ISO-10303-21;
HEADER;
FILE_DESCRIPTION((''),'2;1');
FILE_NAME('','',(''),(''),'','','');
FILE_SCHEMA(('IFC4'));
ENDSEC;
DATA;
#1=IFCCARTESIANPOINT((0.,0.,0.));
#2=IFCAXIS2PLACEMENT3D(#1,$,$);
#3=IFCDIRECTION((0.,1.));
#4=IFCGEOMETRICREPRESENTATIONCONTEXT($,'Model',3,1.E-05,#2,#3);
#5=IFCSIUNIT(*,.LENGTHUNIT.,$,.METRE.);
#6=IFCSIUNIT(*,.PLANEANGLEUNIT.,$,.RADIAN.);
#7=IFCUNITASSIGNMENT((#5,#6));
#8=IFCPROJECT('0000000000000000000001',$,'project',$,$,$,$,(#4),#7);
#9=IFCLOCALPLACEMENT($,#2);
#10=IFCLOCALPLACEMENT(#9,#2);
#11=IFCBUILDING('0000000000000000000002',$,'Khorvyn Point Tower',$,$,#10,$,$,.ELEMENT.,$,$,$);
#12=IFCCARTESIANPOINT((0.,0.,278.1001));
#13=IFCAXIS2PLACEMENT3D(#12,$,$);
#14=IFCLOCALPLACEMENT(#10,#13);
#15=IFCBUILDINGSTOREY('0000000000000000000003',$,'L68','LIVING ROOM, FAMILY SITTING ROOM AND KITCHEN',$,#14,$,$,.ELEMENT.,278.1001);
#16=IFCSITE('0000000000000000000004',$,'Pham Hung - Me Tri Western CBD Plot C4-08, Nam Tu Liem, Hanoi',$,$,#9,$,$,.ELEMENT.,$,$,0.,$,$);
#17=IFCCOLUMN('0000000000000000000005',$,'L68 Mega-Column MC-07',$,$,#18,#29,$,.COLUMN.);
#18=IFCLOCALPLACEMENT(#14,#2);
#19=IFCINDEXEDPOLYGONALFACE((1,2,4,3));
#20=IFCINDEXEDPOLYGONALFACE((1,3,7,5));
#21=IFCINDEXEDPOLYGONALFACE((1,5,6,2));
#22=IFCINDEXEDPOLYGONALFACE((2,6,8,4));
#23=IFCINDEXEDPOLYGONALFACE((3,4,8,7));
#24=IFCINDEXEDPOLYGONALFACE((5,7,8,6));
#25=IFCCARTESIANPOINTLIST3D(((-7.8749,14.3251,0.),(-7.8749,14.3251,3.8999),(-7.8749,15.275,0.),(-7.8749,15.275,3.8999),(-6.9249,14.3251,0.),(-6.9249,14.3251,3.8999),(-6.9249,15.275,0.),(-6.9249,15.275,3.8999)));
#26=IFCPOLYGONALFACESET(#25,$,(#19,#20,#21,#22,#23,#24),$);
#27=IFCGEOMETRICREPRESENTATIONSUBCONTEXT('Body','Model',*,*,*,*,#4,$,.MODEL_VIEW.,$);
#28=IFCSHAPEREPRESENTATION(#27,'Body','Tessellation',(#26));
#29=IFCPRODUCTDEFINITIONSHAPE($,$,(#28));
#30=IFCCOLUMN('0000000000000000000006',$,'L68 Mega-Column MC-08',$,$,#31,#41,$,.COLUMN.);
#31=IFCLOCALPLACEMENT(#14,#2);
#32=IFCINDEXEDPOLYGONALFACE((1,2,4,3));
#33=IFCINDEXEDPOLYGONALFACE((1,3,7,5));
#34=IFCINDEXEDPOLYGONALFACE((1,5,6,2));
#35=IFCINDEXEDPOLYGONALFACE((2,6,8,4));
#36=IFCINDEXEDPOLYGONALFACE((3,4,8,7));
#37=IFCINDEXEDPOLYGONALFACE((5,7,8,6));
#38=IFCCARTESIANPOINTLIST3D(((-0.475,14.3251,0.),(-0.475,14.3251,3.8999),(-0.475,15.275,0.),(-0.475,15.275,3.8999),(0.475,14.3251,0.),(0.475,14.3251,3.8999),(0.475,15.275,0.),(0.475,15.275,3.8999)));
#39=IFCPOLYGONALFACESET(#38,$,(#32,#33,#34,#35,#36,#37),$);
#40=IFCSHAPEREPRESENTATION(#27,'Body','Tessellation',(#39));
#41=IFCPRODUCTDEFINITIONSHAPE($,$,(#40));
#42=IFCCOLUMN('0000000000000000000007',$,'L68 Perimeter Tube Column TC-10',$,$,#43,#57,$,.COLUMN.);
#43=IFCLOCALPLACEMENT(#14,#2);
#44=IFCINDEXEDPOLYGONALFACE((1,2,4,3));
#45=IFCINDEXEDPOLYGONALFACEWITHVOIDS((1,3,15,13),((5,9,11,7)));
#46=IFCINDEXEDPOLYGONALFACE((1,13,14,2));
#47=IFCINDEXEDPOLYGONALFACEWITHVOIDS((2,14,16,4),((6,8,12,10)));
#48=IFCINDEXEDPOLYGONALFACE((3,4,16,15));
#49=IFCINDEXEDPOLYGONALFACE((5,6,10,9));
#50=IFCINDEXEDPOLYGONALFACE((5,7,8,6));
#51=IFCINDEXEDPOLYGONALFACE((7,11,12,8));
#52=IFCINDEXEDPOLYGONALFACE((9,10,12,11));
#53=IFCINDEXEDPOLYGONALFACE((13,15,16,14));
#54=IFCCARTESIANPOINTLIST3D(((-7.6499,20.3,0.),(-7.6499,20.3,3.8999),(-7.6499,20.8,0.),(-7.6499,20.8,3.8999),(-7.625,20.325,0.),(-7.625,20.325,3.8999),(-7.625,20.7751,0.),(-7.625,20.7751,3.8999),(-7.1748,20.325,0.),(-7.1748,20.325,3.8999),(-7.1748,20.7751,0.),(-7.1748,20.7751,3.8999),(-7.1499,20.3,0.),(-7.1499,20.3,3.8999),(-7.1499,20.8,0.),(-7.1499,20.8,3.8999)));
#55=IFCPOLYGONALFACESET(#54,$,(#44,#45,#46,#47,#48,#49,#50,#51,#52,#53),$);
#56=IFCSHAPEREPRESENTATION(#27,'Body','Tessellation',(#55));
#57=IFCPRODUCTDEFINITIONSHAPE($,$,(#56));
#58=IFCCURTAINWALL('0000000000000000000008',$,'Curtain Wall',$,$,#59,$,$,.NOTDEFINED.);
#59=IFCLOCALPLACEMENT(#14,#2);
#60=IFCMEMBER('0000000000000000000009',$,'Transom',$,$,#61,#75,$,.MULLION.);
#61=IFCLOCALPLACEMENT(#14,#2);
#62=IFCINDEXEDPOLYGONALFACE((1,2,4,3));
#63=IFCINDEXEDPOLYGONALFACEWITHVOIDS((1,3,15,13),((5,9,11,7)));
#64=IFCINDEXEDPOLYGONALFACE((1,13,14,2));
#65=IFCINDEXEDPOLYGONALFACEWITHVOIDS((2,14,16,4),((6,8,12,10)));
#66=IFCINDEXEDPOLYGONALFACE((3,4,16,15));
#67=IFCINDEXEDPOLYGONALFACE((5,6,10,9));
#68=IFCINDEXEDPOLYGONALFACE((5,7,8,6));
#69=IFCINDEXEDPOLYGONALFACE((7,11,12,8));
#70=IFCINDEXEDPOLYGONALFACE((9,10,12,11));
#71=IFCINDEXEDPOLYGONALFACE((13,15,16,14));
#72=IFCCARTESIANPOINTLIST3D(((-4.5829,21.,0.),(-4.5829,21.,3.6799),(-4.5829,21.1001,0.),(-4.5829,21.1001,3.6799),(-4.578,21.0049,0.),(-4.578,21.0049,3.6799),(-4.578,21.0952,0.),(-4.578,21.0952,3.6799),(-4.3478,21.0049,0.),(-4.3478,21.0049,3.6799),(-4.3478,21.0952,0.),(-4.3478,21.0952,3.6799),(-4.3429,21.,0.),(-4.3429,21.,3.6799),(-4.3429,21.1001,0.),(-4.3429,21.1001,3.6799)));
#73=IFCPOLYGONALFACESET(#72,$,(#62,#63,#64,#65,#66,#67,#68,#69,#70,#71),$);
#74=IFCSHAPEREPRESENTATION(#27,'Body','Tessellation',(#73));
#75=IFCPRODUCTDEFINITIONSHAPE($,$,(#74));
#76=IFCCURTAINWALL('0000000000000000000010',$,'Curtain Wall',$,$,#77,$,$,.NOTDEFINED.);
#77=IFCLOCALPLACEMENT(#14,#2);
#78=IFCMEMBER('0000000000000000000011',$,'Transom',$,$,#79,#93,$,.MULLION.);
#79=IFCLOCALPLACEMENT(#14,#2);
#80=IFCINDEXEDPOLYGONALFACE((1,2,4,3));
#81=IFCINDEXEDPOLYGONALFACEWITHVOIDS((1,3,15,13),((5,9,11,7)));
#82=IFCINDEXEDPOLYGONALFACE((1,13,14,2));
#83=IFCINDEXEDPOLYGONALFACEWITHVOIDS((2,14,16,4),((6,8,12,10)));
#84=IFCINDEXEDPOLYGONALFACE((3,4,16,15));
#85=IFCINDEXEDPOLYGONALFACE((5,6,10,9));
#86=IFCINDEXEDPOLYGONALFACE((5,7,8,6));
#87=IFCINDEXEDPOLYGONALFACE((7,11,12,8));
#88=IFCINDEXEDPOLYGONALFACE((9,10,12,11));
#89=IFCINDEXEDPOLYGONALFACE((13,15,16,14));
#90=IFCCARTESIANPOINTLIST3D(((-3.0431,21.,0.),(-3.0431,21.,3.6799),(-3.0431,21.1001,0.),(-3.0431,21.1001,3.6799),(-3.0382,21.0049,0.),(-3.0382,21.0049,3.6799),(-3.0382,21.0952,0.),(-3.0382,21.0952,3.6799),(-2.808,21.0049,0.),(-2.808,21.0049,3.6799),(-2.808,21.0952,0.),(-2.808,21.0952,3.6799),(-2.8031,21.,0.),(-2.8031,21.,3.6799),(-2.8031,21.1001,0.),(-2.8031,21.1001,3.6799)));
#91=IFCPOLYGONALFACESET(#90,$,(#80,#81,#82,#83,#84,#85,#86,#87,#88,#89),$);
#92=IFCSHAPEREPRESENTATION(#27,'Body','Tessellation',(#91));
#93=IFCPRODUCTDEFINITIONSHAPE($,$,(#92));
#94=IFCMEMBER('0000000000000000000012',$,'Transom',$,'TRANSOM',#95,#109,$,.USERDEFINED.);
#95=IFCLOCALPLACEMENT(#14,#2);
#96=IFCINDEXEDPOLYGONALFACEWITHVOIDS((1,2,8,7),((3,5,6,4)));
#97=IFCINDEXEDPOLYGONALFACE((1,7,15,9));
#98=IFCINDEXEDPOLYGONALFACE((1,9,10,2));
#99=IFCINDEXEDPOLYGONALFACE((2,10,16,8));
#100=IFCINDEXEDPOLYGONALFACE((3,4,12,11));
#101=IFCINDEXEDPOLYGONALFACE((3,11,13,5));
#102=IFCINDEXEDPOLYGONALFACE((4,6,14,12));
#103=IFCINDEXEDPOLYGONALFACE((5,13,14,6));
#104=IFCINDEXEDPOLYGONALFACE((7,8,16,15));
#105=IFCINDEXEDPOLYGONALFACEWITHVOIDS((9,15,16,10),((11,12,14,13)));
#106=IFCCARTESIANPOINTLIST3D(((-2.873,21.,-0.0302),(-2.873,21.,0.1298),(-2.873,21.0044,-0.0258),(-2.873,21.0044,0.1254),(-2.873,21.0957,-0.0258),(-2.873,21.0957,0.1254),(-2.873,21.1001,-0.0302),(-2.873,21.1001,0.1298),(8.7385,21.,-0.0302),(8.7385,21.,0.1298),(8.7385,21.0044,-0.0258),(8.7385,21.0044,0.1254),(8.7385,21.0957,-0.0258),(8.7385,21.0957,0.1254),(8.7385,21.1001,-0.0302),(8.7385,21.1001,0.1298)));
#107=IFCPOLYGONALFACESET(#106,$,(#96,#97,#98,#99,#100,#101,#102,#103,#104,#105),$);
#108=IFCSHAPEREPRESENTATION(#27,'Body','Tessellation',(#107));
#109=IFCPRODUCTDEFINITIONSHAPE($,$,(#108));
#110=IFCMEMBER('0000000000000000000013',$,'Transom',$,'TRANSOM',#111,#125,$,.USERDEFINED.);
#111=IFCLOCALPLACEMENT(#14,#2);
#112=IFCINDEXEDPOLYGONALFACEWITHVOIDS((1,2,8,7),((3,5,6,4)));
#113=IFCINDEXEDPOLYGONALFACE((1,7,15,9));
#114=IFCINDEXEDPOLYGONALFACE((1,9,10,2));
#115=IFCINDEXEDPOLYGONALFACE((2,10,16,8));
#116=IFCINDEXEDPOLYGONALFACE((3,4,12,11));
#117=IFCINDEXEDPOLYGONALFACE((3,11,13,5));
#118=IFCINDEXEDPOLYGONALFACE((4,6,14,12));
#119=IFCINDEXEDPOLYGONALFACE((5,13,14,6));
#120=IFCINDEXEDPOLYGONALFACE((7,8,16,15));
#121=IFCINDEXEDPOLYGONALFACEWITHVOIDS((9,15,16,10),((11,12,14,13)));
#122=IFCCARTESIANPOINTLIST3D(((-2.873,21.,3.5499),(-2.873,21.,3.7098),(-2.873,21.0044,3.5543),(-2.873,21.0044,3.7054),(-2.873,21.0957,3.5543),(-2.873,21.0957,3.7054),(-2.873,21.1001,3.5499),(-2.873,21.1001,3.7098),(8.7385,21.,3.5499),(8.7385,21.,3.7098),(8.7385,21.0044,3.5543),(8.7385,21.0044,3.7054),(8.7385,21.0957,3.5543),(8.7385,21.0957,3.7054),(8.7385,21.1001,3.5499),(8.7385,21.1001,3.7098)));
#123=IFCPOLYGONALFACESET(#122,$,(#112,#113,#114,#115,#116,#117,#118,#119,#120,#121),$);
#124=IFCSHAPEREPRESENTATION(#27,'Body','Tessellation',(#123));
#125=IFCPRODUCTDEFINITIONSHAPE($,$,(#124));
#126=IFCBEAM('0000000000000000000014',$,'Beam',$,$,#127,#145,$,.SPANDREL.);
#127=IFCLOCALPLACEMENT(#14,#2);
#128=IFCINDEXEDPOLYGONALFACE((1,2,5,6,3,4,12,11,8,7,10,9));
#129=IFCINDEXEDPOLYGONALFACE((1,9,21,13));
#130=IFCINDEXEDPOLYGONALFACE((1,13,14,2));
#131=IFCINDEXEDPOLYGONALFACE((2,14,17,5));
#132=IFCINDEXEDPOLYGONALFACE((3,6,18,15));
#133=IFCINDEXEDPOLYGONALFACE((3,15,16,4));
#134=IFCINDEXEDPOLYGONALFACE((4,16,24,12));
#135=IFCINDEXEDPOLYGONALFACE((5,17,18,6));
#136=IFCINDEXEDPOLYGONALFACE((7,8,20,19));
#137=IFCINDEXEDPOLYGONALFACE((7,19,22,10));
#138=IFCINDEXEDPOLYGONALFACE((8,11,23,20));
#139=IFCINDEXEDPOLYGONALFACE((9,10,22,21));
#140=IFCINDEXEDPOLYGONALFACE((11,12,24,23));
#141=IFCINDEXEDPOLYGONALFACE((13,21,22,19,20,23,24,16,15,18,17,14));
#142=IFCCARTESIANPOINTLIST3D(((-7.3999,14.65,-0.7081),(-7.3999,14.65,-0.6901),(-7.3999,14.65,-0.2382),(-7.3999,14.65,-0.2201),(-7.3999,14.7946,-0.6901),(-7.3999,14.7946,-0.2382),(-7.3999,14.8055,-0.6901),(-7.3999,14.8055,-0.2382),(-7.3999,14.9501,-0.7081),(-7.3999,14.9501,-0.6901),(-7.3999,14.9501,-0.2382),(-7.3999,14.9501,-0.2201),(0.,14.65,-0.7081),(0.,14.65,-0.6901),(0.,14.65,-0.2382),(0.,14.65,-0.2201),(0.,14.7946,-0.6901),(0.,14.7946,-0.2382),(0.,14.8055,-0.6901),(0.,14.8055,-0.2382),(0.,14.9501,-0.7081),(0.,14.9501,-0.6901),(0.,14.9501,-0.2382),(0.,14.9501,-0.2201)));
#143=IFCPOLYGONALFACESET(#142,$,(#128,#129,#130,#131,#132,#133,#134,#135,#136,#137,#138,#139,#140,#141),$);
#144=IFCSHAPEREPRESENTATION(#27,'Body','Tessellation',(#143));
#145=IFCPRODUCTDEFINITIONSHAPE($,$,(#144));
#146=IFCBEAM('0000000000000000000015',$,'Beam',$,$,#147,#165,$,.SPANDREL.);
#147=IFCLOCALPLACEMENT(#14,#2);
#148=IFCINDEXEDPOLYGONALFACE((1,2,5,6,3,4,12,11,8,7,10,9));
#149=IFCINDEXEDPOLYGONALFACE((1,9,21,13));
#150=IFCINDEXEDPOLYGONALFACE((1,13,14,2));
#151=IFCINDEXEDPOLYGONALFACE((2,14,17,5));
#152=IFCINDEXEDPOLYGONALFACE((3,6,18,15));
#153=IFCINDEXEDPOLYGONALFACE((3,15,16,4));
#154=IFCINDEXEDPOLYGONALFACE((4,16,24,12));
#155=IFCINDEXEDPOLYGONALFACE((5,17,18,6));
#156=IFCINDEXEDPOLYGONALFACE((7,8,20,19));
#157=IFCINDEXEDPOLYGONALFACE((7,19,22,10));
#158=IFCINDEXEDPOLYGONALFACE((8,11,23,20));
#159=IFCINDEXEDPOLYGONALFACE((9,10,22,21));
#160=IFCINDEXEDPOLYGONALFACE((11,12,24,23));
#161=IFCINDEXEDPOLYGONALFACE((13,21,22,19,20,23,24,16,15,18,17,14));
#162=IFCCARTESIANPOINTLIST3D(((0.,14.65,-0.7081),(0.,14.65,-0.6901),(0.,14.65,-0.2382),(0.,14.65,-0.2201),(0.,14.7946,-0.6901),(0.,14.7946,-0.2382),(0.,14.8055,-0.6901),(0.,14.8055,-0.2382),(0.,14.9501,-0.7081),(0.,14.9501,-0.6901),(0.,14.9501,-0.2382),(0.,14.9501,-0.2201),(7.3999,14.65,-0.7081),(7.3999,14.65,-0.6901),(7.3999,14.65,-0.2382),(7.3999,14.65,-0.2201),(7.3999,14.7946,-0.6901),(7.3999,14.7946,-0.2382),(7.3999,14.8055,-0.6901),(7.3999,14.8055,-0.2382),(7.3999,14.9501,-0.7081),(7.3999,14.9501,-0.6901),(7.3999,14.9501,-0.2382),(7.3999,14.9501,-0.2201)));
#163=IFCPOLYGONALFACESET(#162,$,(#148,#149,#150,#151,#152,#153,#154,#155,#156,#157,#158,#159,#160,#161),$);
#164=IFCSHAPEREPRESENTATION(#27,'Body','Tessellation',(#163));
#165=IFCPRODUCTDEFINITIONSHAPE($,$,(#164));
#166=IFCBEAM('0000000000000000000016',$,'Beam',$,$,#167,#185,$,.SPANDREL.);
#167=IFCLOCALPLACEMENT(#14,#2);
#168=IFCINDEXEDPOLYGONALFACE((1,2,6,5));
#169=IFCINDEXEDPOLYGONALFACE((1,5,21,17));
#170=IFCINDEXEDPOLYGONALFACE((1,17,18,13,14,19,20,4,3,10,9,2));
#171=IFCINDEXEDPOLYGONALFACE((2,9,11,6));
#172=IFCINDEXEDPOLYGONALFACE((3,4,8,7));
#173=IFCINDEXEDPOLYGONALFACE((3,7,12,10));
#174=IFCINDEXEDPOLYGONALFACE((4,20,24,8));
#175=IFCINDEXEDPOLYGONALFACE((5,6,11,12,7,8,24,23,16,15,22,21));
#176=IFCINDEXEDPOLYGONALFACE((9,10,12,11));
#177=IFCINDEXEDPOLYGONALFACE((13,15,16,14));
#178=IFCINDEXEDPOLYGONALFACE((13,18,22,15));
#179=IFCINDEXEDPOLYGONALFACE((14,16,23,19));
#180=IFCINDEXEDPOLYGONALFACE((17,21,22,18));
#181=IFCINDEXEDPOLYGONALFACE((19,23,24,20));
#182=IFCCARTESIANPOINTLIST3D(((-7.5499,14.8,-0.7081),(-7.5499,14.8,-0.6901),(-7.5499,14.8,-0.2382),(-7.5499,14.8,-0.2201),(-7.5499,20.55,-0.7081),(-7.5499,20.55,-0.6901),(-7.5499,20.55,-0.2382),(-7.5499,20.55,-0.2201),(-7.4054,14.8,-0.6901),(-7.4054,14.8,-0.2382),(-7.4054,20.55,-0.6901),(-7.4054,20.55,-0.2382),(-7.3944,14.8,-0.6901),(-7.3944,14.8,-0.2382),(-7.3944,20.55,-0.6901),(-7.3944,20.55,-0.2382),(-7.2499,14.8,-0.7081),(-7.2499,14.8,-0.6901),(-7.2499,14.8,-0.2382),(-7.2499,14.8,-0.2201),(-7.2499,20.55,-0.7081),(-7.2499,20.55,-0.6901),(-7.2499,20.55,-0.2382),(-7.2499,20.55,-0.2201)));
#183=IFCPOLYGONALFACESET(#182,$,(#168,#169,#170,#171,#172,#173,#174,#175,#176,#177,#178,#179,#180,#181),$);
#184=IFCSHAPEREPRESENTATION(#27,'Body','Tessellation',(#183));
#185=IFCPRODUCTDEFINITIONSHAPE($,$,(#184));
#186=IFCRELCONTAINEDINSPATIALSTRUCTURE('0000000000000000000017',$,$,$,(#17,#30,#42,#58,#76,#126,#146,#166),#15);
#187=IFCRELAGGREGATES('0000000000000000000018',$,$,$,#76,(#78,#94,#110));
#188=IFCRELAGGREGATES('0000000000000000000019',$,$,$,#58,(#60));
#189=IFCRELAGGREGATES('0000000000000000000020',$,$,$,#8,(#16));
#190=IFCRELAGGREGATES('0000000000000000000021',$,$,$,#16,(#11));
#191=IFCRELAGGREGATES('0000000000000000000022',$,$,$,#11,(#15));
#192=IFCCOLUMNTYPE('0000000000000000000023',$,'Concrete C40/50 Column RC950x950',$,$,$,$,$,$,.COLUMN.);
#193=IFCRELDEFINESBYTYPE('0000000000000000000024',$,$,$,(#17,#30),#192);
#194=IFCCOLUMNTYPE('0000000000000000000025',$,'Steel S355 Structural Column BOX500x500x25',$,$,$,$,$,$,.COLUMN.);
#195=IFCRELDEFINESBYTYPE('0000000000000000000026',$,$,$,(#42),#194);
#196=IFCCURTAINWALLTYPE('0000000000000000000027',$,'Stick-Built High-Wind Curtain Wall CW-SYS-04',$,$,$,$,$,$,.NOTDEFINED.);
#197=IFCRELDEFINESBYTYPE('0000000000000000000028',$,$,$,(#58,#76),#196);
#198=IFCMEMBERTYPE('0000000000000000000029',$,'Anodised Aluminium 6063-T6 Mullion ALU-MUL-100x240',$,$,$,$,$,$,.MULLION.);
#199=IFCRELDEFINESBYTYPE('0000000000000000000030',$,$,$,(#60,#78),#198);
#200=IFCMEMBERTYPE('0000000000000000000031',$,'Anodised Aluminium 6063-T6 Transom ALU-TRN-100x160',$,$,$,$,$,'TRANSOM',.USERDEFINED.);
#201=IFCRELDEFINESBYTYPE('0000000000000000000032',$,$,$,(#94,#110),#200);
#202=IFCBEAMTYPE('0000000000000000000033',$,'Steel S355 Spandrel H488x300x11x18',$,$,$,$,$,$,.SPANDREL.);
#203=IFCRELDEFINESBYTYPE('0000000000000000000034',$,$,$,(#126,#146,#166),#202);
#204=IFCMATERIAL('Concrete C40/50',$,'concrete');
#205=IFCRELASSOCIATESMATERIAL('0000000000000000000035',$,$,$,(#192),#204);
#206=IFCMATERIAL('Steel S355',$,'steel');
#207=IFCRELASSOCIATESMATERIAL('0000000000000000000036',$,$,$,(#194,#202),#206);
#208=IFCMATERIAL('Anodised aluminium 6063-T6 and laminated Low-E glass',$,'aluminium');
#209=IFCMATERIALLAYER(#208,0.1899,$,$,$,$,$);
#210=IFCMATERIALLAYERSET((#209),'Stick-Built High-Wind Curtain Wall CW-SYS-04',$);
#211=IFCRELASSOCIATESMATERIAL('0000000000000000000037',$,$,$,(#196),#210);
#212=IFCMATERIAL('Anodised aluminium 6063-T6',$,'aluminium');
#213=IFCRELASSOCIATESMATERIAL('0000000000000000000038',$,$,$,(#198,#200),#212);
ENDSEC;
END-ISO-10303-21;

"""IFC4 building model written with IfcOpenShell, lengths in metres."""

from ifc_helpers import new_model, si_unit, direction, frame, origin, origin_2d, place, context, subcontext, project, spatial, rectangle, hollow_rectangle, i_section, extrude, material, layer, layer_set, material_profile, profile_set, type_object, element, aggregate, save


model = new_model("IFC4")

# Units and contexts
model_context = context("Model", 3, precision=1e-05, world=origin(), true_north=direction((0.0, 1.0)))
body_context = subcontext(model_context, "Body", "Model", "MODEL_VIEW")
ifc_project = project(units=[si_unit("LENGTHUNIT", "METRE"), si_unit("PLANEANGLEUNIT", "RADIAN")], contexts=[model_context])

# Site, building, storey
site_placement = place(None, origin())
site = spatial("IfcSite", under=ifc_project, at=site_placement, Name="Pham Hung - Me Tri Western CBD Plot C4-08, Nam Tu Liem, Hanoi", CompositionType="ELEMENT", RefElevation=0.0)
building_placement = place(site_placement, origin())
building = spatial("IfcBuilding", under=site, at=building_placement, Name="Khorvyn Point Tower", CompositionType="ELEMENT")
storey_placement = place(building_placement, frame((0.0, 0.0, 278.1001)))
storey = spatial("IfcBuildingStorey", under=building, at=storey_placement, Name="L68", Description="LIVING ROOM, FAMILY SITTING ROOM AND KITCHEN", CompositionType="ELEMENT", Elevation=278.1001)

# Columns
ifc_material_1 = material(Name="Concrete C40/50", Category="concrete")
ifc_material_profile_1 = material_profile(ifc_material_1, rectangle(XDim=0.95, YDim=0.95, at=origin_2d()))
ifc_profile_set_1 = profile_set([ifc_material_profile_1], Name="Concrete C40/50 RC950x950")
column_type_1 = type_object("IfcColumnType", Name="Concrete C40/50 Column RC950x950", PredefinedType="COLUMN", material=ifc_profile_set_1)
for number, where, z_axis, x_axis, name in (
    (1, (-7.3999, 14.8, 0.0), (0.0, 0.0, 1.0), (1.0, 0.0, 0.0), "L68 Mega-Column MC-07"),
    (2, (0.0, 14.8, 0.0), (0.0, 0.0, 1.0), (1.0, 0.0, 0.0), "L68 Mega-Column MC-08"),
):
    element("IfcColumn", number, at=place(storey_placement, frame(where, z_axis=z_axis, x_axis=x_axis)), inside=storey, type_object=column_type_1, Name=name, PredefinedType="COLUMN", context=body_context, shape_type="SweptSolid", body=[
        extrude(rectangle(XDim=0.95, YDim=0.95, at=origin_2d()), origin(), (0.0, 0.0, 1.0), 3.8999),
    ])
ifc_material_2 = material(Name="Steel S355", Category="steel")
ifc_material_profile_2 = material_profile(ifc_material_2, hollow_rectangle(XDim=0.5, YDim=0.5, WallThickness=0.0249, at=origin_2d()))
ifc_profile_set_2 = profile_set([ifc_material_profile_2], Name="Steel S355 BOX500x500x25")
column_type_2 = type_object("IfcColumnType", Name="Steel S355 Structural Column BOX500x500x25", PredefinedType="COLUMN", material=ifc_profile_set_2)
column_placement = place(storey_placement, frame((-7.3999, 20.55, 0.0), z_axis=(0.0, 0.0, 1.0), x_axis=(1.0, 0.0, 0.0)))
element("IfcColumn", 3, at=column_placement, inside=storey, type_object=column_type_2, Name="L68 Perimeter Tube Column TC-10", PredefinedType="COLUMN", context=body_context, shape_type="SweptSolid", body=[
    extrude(hollow_rectangle(XDim=0.5, YDim=0.5, WallThickness=0.0249, at=origin_2d()), origin(), (0.0, 0.0, 1.0), 3.8999),
])

# Curtain wall, member
ifc_material_3 = material(Name="Anodised aluminium 6063-T6 and laminated Low-E glass", Category="aluminium")
ifc_layer_1 = layer(ifc_material_3, 0.1899)
ifc_layer_set_1 = layer_set([ifc_layer_1], Name="Stick-Built High-Wind Curtain Wall CW-SYS-04")
curtain_wall_type = type_object("IfcCurtainWallType", Name="Stick-Built High-Wind Curtain Wall CW-SYS-04", PredefinedType="NOTDEFINED", material=ifc_layer_set_1)
curtain_wall_1_placement = place(storey_placement, origin())
curtain_wall_1 = element("IfcCurtainWall", 4, at=curtain_wall_1_placement, inside=storey, type_object=curtain_wall_type, Name="Curtain Wall", PredefinedType="NOTDEFINED")
ifc_material_4 = material(Name="Anodised aluminium 6063-T6", Category="aluminium")
ifc_material_profile_3 = material_profile(ifc_material_4, hollow_rectangle(XDim=0.1001, YDim=0.24, WallThickness=0.0049, at=origin_2d()))
ifc_profile_set_3 = profile_set([ifc_material_profile_3], Name="Anodised aluminium 6063-T6 ALU-MUL-100x240")
member_type_1 = type_object("IfcMemberType", Name="Anodised Aluminium 6063-T6 Mullion ALU-MUL-100x240", PredefinedType="MULLION", material=ifc_profile_set_3)
member_1_placement = place(storey_placement, frame((-4.4629, 21.05, 0.0), z_axis=(0.0, 0.0, 1.0), x_axis=(0.0, 1.0, 0.0)))
member_1 = element("IfcMember", 5, at=member_1_placement, type_object=member_type_1, Name="Transom", PredefinedType="MULLION", context=body_context, shape_type="SweptSolid", body=[
    extrude(hollow_rectangle(XDim=0.1001, YDim=0.24, WallThickness=0.0049, at=origin_2d()), origin(), (0.0, 0.0, 1.0), 3.6799),
])

# Curtain wall, members
curtain_wall_2_placement = place(storey_placement, origin())
curtain_wall_2 = element("IfcCurtainWall", 6, at=curtain_wall_2_placement, inside=storey, type_object=curtain_wall_type, Name="Curtain Wall", PredefinedType="NOTDEFINED")
member_2_placement = place(storey_placement, frame((-2.9231, 21.05, 0.0), z_axis=(0.0, 0.0, 1.0), x_axis=(0.0, 1.0, 0.0)))
member_2 = element("IfcMember", 7, at=member_2_placement, type_object=member_type_1, Name="Transom", PredefinedType="MULLION", context=body_context, shape_type="SweptSolid", body=[
    extrude(hollow_rectangle(XDim=0.1001, YDim=0.24, WallThickness=0.0049, at=origin_2d()), origin(), (0.0, 0.0, 1.0), 3.6799),
])
ifc_material_profile_4 = material_profile(ifc_material_4, hollow_rectangle(XDim=0.1001, YDim=0.1599, WallThickness=0.0044, at=origin_2d()))
ifc_profile_set_4 = profile_set([ifc_material_profile_4], Name="Anodised aluminium 6063-T6 ALU-TRN-100x160")
member_type_2 = type_object("IfcMemberType", Name="Anodised Aluminium 6063-T6 Transom ALU-TRN-100x160", ElementType="TRANSOM", PredefinedType="USERDEFINED", material=ifc_profile_set_4)
member_3_placement = place(storey_placement, frame((-2.873, 21.05, 0.0498), z_axis=(1.0, 0.0, 0.0), x_axis=(0.0, 1.0, 0.0)))
member_3 = element("IfcMember", 8, at=member_3_placement, type_object=member_type_2, Name="Transom", ObjectType="TRANSOM", PredefinedType="USERDEFINED", context=body_context, shape_type="SweptSolid", body=[
    extrude(hollow_rectangle(XDim=0.1001, YDim=0.1599, WallThickness=0.0044, at=origin_2d()), origin(), (0.0, 0.0, 1.0), 11.6116),
])
member_4_placement = place(storey_placement, frame((-2.873, 21.05, 3.6299), z_axis=(1.0, 0.0, 0.0), x_axis=(0.0, 1.0, 0.0)))
member_4 = element("IfcMember", 9, at=member_4_placement, type_object=member_type_2, Name="Transom", ObjectType="TRANSOM", PredefinedType="USERDEFINED", context=body_context, shape_type="SweptSolid", body=[
    extrude(hollow_rectangle(XDim=0.1001, YDim=0.1599, WallThickness=0.0044, at=origin_2d()), origin(), (0.0, 0.0, 1.0), 11.6116),
])
aggregate(curtain_wall_2, [member_2, member_3, member_4])

# Beams
ifc_material_profile_5 = material_profile(ifc_material_2, i_section(OverallWidth=0.3, OverallDepth=0.488, WebThickness=0.011, FlangeThickness=0.0181, at=origin_2d()))
ifc_profile_set_5 = profile_set([ifc_material_profile_5], Name="Steel S355 H488x300x11x18")
beam_type_1 = type_object("IfcBeamType", Name="Steel S355 Spandrel H488x300x11x18", PredefinedType="SPANDREL", material=ifc_profile_set_5)
for number, where, z_axis, x_axis, name in (
    (10, (-7.3999, 14.8, -0.4641), (1.0, 0.0, 0.0), (0.0, 1.0, 0.0), "Beam"),
    (11, (0.0, 14.8, -0.4641), (1.0, 0.0, 0.0), (0.0, 1.0, 0.0), "Beam"),
):
    element("IfcBeam", number, at=place(storey_placement, frame(where, z_axis=z_axis, x_axis=x_axis)), inside=storey, type_object=beam_type_1, Name=name, PredefinedType="SPANDREL", context=body_context, shape_type="SweptSolid", body=[
        extrude(i_section(OverallWidth=0.3, OverallDepth=0.488, WebThickness=0.011, FlangeThickness=0.0181, at=origin_2d()), origin(), (0.0, 0.0, 1.0), 7.3999),
    ])
beam_1_placement = place(storey_placement, frame((-7.3999, 14.8, -0.4641), z_axis=(0.0, 1.0, 0.0), x_axis=(-1.0, 0.0, 0.0)))
element("IfcBeam", 12, at=beam_1_placement, inside=storey, type_object=beam_type_1, Name="Beam", PredefinedType="SPANDREL", context=body_context, shape_type="SweptSolid", body=[
    extrude(i_section(OverallWidth=0.3, OverallDepth=0.488, WebThickness=0.011, FlangeThickness=0.0181, at=origin_2d()), origin(), (0.0, 0.0, 1.0), 5.75),
])

aggregate(curtain_wall_1, [member_1])

save(model, "model.ifc")
